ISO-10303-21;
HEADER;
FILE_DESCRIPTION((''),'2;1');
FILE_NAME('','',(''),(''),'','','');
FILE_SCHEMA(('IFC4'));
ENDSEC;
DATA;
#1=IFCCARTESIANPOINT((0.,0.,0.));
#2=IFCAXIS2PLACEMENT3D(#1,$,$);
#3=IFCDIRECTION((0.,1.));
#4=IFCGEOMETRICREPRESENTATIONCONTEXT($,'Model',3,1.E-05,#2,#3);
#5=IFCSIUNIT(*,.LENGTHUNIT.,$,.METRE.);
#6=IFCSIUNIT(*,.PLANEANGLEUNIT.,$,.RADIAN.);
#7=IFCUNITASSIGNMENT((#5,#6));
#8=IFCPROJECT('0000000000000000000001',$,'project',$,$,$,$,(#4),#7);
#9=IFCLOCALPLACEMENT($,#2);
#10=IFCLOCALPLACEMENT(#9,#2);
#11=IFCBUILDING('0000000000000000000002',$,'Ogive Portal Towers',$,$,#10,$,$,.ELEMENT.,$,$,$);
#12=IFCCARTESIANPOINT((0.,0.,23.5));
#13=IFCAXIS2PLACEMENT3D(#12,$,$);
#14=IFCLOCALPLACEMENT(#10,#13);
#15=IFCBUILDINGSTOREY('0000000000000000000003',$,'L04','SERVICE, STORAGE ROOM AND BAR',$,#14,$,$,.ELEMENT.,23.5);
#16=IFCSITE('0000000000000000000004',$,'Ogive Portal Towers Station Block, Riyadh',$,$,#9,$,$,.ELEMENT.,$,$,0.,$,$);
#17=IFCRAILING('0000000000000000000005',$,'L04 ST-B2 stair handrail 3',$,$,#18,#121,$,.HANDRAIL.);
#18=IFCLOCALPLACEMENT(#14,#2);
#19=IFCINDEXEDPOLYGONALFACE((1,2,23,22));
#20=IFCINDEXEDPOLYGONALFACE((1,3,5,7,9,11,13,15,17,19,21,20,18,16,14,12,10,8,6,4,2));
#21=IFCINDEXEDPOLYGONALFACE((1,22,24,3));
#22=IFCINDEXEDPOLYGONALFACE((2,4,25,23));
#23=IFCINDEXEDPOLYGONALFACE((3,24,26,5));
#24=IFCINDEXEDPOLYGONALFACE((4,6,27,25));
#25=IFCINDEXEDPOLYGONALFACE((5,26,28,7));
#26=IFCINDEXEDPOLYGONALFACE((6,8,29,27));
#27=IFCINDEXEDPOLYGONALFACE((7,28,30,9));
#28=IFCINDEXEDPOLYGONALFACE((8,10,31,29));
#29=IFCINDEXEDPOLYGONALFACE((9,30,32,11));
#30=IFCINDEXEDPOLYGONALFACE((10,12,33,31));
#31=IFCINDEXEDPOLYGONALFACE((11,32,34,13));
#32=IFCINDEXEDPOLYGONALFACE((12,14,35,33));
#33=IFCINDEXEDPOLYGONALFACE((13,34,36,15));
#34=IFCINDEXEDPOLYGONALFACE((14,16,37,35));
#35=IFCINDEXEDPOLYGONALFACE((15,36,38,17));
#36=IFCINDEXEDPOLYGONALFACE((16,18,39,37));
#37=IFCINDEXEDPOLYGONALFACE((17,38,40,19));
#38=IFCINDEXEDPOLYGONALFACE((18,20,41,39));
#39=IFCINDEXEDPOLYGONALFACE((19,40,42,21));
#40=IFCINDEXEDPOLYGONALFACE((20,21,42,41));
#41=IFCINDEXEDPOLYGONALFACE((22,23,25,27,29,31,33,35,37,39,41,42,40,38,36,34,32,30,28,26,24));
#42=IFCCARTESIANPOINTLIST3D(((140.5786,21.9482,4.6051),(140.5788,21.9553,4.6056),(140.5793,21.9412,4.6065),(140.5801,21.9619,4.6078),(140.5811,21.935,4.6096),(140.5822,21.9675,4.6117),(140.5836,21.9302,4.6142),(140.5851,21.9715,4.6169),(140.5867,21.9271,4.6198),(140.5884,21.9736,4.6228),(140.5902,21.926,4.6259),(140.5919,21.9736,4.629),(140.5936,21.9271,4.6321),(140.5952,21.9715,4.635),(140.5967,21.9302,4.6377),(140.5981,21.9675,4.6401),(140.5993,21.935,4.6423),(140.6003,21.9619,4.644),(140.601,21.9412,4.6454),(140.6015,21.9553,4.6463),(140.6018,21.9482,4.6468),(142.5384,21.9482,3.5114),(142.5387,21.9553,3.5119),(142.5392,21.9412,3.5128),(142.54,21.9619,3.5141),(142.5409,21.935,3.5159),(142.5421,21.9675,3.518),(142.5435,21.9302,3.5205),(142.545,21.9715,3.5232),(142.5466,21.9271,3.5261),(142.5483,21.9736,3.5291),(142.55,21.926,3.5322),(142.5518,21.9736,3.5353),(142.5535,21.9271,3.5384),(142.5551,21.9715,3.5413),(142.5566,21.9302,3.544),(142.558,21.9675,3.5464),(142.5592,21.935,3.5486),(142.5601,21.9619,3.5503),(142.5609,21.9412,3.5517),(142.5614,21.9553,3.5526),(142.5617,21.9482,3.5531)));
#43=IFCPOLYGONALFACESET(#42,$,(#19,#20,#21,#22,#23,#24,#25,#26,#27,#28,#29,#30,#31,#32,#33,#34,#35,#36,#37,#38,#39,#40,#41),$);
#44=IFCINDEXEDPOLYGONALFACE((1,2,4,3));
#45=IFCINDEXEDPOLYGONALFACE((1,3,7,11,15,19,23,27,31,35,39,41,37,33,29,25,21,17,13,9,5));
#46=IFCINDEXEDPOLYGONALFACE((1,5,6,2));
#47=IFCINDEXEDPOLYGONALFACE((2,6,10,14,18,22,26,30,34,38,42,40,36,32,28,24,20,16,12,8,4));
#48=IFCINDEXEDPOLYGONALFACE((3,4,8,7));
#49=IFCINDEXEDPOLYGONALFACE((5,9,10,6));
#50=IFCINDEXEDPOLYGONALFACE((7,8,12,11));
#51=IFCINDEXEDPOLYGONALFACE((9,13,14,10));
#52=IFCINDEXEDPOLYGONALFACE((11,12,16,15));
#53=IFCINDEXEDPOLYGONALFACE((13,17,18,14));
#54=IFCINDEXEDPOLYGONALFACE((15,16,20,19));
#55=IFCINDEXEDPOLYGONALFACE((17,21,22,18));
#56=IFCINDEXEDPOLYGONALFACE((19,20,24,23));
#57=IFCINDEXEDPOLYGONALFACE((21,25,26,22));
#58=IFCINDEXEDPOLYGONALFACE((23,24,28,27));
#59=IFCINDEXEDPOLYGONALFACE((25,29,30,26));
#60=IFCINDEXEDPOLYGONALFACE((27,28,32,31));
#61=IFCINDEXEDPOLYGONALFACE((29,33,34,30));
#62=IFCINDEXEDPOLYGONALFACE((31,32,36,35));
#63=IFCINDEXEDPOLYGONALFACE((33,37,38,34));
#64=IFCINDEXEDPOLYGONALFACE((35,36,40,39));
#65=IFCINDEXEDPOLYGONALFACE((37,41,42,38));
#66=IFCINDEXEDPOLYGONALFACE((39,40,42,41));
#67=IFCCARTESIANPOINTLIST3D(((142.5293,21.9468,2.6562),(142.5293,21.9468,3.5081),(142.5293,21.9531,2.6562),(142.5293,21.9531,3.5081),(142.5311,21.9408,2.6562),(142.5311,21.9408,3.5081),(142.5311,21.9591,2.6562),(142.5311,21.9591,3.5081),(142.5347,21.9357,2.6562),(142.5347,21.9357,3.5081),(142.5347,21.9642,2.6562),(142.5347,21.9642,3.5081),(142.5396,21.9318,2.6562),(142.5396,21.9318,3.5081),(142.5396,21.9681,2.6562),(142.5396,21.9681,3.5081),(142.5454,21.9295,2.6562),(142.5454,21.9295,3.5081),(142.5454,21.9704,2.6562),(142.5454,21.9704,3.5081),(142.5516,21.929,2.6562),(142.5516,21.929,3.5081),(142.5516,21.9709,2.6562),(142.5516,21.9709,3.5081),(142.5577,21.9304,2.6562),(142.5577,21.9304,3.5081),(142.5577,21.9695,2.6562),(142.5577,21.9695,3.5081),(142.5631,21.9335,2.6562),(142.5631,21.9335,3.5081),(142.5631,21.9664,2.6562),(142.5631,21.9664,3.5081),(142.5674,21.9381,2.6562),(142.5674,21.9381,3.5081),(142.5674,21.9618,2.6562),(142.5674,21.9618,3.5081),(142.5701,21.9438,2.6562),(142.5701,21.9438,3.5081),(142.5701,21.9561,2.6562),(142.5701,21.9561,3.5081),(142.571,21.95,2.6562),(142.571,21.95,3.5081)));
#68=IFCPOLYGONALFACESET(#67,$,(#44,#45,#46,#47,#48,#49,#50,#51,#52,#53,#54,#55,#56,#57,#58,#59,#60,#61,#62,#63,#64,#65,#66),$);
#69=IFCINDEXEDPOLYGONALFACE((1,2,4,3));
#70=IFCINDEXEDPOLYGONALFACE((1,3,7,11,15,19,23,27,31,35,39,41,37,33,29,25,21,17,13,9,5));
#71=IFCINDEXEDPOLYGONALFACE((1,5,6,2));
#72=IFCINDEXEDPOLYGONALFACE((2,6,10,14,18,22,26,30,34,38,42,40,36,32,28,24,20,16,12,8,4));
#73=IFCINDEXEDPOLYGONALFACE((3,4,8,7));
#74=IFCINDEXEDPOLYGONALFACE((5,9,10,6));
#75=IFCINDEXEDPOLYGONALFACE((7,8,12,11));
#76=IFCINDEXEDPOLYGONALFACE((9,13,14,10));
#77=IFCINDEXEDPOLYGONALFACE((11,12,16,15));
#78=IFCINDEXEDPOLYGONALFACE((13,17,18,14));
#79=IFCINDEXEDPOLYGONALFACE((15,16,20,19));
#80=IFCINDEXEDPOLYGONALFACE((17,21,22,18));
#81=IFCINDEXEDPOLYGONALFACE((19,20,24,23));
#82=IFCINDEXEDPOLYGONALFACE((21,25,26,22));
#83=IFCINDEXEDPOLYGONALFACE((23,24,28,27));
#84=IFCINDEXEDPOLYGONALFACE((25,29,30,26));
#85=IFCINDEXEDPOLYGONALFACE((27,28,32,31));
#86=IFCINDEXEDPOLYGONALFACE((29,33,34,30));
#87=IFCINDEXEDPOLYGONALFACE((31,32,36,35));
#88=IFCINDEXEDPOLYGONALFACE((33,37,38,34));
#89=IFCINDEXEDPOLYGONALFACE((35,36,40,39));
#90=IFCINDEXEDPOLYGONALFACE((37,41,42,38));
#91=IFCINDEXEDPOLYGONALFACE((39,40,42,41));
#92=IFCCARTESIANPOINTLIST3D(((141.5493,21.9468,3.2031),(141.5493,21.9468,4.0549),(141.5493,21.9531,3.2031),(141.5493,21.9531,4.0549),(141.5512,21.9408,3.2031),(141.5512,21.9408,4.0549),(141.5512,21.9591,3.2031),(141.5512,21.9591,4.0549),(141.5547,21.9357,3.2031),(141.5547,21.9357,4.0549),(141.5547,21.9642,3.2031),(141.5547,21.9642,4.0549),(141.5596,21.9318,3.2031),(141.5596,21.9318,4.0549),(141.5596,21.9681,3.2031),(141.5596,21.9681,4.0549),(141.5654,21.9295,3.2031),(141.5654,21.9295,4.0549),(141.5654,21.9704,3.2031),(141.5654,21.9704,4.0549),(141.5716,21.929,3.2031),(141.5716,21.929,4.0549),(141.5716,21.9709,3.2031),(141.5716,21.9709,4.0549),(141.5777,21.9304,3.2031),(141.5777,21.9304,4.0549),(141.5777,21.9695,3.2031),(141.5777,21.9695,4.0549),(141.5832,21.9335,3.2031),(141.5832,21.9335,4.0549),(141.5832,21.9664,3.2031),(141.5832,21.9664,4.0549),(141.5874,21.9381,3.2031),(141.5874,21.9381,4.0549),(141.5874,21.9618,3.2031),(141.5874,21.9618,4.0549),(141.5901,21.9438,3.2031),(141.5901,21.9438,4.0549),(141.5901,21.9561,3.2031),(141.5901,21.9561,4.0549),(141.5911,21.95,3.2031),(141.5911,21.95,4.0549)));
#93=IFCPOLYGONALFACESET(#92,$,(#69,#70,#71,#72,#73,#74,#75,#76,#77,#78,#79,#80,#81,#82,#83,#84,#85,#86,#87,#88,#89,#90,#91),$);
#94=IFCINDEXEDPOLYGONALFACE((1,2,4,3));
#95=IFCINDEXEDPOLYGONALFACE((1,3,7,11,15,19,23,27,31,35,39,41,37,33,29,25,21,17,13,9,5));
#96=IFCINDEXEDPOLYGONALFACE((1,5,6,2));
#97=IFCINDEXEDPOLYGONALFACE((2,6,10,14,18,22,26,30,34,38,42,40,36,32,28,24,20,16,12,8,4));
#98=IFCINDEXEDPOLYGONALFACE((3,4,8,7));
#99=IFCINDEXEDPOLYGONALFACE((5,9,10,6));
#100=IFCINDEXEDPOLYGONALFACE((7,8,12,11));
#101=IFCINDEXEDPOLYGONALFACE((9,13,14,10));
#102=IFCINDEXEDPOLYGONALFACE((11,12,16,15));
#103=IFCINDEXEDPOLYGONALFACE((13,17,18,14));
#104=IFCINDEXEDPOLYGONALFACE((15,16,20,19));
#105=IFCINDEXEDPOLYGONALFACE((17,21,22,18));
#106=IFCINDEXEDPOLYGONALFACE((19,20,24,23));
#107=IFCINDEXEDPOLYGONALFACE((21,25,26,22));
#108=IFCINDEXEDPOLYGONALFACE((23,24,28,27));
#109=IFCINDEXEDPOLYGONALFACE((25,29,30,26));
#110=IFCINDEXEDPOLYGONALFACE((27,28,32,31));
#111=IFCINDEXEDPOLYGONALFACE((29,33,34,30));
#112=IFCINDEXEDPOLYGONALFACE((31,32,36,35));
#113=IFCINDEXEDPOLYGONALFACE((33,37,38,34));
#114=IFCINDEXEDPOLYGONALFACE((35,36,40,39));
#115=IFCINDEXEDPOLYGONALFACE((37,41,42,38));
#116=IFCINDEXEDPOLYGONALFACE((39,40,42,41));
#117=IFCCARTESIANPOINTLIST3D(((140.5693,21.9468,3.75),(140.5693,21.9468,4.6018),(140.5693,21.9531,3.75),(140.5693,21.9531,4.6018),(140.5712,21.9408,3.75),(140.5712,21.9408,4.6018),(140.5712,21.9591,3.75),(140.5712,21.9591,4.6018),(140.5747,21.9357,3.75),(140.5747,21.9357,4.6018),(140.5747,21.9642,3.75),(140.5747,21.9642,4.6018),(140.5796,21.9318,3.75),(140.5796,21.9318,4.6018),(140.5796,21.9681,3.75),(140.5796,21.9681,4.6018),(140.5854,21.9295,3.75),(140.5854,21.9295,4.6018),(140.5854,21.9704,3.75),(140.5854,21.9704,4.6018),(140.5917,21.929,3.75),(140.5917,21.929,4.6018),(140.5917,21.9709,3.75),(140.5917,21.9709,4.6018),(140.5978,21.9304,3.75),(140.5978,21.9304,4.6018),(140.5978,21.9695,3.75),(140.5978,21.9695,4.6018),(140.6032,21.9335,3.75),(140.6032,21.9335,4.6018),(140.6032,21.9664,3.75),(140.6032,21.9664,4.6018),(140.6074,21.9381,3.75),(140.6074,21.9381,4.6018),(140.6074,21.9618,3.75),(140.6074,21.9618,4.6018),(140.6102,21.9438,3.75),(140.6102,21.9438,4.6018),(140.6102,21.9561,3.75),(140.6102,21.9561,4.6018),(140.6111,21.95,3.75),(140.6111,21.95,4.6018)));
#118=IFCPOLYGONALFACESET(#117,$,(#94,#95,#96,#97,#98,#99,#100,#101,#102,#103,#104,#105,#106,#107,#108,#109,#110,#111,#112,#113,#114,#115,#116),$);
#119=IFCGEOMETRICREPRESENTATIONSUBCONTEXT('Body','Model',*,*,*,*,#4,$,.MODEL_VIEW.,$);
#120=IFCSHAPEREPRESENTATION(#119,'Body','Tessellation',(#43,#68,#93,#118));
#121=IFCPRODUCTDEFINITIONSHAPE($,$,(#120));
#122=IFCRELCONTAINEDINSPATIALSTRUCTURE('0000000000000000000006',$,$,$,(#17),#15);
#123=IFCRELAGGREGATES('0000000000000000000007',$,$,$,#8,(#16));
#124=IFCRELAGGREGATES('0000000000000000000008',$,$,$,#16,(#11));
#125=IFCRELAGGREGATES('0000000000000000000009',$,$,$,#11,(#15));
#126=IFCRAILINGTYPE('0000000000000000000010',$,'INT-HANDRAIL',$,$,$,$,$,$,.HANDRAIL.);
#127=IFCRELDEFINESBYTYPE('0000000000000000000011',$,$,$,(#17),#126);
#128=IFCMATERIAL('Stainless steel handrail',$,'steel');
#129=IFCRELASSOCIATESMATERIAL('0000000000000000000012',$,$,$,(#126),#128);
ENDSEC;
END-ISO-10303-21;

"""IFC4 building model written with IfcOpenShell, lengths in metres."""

from ifc_helpers import new_model, si_unit, direction, frame, origin, origin_2d, place, context, subcontext, project, spatial, circle, extrude, material, type_object, element, save


model = new_model("IFC4")

# Units and contexts
model_context = context("Model", 3, precision=1e-05, world=origin(), true_north=direction((0.0, 1.0)))
body_context = subcontext(model_context, "Body", "Model", "MODEL_VIEW")
ifc_project = project(units=[si_unit("LENGTHUNIT", "METRE"), si_unit("PLANEANGLEUNIT", "RADIAN")], contexts=[model_context])

# Site, building, storey
site_placement = place(None, origin())
site = spatial("IfcSite", under=ifc_project, at=site_placement, Name="Ogive Portal Towers Station Block, Riyadh", CompositionType="ELEMENT", RefElevation=0.0)
building_placement = place(site_placement, origin())
building = spatial("IfcBuilding", under=site, at=building_placement, Name="Ogive Portal Towers", CompositionType="ELEMENT")
storey_placement = place(building_placement, frame((0.0, 0.0, 23.5)))
storey = spatial("IfcBuildingStorey", under=building, at=storey_placement, Name="L04", Description="SERVICE, STORAGE ROOM AND BAR", CompositionType="ELEMENT", Elevation=23.5)

# Railing
ifc_material_1 = material(Name="Stainless steel handrail", Category="steel")
railing_type_1 = type_object("IfcRailingType", Name="INT-HANDRAIL", PredefinedType="HANDRAIL", material=ifc_material_1)
railing_1_placement = place(storey_placement, frame((142.55, 21.95, 2.6562)))
element("IfcRailing", 1, at=railing_1_placement, inside=storey, type_object=railing_type_1, Name="L04 ST-B2 stair handrail 3", PredefinedType="HANDRAIL", context=body_context, shape_type="SweptSolid", body=[
    extrude(circle(Radius=0.0239, at=origin_2d()), frame((0.0, 0.0, 0.876), z_axis=(-0.873232, 0.0, 0.487304), x_axis=(0.0, -1.0, 0.0)), (0.0, 0.0, 1.0), 2.2444),
    extrude(circle(Radius=0.021, at=origin_2d()), origin(), (0.0, 0.0, 1.0), 0.8518),
    extrude(circle(Radius=0.021, at=origin_2d()), frame((-0.98, 0.0, 0.5469)), (0.0, 0.0, 1.0), 0.8518),
    extrude(circle(Radius=0.021, at=origin_2d()), frame((-1.96, 0.0, 1.0938)), (0.0, 0.0, 1.0), 0.8518),
])

save(model, "model.ifc")
